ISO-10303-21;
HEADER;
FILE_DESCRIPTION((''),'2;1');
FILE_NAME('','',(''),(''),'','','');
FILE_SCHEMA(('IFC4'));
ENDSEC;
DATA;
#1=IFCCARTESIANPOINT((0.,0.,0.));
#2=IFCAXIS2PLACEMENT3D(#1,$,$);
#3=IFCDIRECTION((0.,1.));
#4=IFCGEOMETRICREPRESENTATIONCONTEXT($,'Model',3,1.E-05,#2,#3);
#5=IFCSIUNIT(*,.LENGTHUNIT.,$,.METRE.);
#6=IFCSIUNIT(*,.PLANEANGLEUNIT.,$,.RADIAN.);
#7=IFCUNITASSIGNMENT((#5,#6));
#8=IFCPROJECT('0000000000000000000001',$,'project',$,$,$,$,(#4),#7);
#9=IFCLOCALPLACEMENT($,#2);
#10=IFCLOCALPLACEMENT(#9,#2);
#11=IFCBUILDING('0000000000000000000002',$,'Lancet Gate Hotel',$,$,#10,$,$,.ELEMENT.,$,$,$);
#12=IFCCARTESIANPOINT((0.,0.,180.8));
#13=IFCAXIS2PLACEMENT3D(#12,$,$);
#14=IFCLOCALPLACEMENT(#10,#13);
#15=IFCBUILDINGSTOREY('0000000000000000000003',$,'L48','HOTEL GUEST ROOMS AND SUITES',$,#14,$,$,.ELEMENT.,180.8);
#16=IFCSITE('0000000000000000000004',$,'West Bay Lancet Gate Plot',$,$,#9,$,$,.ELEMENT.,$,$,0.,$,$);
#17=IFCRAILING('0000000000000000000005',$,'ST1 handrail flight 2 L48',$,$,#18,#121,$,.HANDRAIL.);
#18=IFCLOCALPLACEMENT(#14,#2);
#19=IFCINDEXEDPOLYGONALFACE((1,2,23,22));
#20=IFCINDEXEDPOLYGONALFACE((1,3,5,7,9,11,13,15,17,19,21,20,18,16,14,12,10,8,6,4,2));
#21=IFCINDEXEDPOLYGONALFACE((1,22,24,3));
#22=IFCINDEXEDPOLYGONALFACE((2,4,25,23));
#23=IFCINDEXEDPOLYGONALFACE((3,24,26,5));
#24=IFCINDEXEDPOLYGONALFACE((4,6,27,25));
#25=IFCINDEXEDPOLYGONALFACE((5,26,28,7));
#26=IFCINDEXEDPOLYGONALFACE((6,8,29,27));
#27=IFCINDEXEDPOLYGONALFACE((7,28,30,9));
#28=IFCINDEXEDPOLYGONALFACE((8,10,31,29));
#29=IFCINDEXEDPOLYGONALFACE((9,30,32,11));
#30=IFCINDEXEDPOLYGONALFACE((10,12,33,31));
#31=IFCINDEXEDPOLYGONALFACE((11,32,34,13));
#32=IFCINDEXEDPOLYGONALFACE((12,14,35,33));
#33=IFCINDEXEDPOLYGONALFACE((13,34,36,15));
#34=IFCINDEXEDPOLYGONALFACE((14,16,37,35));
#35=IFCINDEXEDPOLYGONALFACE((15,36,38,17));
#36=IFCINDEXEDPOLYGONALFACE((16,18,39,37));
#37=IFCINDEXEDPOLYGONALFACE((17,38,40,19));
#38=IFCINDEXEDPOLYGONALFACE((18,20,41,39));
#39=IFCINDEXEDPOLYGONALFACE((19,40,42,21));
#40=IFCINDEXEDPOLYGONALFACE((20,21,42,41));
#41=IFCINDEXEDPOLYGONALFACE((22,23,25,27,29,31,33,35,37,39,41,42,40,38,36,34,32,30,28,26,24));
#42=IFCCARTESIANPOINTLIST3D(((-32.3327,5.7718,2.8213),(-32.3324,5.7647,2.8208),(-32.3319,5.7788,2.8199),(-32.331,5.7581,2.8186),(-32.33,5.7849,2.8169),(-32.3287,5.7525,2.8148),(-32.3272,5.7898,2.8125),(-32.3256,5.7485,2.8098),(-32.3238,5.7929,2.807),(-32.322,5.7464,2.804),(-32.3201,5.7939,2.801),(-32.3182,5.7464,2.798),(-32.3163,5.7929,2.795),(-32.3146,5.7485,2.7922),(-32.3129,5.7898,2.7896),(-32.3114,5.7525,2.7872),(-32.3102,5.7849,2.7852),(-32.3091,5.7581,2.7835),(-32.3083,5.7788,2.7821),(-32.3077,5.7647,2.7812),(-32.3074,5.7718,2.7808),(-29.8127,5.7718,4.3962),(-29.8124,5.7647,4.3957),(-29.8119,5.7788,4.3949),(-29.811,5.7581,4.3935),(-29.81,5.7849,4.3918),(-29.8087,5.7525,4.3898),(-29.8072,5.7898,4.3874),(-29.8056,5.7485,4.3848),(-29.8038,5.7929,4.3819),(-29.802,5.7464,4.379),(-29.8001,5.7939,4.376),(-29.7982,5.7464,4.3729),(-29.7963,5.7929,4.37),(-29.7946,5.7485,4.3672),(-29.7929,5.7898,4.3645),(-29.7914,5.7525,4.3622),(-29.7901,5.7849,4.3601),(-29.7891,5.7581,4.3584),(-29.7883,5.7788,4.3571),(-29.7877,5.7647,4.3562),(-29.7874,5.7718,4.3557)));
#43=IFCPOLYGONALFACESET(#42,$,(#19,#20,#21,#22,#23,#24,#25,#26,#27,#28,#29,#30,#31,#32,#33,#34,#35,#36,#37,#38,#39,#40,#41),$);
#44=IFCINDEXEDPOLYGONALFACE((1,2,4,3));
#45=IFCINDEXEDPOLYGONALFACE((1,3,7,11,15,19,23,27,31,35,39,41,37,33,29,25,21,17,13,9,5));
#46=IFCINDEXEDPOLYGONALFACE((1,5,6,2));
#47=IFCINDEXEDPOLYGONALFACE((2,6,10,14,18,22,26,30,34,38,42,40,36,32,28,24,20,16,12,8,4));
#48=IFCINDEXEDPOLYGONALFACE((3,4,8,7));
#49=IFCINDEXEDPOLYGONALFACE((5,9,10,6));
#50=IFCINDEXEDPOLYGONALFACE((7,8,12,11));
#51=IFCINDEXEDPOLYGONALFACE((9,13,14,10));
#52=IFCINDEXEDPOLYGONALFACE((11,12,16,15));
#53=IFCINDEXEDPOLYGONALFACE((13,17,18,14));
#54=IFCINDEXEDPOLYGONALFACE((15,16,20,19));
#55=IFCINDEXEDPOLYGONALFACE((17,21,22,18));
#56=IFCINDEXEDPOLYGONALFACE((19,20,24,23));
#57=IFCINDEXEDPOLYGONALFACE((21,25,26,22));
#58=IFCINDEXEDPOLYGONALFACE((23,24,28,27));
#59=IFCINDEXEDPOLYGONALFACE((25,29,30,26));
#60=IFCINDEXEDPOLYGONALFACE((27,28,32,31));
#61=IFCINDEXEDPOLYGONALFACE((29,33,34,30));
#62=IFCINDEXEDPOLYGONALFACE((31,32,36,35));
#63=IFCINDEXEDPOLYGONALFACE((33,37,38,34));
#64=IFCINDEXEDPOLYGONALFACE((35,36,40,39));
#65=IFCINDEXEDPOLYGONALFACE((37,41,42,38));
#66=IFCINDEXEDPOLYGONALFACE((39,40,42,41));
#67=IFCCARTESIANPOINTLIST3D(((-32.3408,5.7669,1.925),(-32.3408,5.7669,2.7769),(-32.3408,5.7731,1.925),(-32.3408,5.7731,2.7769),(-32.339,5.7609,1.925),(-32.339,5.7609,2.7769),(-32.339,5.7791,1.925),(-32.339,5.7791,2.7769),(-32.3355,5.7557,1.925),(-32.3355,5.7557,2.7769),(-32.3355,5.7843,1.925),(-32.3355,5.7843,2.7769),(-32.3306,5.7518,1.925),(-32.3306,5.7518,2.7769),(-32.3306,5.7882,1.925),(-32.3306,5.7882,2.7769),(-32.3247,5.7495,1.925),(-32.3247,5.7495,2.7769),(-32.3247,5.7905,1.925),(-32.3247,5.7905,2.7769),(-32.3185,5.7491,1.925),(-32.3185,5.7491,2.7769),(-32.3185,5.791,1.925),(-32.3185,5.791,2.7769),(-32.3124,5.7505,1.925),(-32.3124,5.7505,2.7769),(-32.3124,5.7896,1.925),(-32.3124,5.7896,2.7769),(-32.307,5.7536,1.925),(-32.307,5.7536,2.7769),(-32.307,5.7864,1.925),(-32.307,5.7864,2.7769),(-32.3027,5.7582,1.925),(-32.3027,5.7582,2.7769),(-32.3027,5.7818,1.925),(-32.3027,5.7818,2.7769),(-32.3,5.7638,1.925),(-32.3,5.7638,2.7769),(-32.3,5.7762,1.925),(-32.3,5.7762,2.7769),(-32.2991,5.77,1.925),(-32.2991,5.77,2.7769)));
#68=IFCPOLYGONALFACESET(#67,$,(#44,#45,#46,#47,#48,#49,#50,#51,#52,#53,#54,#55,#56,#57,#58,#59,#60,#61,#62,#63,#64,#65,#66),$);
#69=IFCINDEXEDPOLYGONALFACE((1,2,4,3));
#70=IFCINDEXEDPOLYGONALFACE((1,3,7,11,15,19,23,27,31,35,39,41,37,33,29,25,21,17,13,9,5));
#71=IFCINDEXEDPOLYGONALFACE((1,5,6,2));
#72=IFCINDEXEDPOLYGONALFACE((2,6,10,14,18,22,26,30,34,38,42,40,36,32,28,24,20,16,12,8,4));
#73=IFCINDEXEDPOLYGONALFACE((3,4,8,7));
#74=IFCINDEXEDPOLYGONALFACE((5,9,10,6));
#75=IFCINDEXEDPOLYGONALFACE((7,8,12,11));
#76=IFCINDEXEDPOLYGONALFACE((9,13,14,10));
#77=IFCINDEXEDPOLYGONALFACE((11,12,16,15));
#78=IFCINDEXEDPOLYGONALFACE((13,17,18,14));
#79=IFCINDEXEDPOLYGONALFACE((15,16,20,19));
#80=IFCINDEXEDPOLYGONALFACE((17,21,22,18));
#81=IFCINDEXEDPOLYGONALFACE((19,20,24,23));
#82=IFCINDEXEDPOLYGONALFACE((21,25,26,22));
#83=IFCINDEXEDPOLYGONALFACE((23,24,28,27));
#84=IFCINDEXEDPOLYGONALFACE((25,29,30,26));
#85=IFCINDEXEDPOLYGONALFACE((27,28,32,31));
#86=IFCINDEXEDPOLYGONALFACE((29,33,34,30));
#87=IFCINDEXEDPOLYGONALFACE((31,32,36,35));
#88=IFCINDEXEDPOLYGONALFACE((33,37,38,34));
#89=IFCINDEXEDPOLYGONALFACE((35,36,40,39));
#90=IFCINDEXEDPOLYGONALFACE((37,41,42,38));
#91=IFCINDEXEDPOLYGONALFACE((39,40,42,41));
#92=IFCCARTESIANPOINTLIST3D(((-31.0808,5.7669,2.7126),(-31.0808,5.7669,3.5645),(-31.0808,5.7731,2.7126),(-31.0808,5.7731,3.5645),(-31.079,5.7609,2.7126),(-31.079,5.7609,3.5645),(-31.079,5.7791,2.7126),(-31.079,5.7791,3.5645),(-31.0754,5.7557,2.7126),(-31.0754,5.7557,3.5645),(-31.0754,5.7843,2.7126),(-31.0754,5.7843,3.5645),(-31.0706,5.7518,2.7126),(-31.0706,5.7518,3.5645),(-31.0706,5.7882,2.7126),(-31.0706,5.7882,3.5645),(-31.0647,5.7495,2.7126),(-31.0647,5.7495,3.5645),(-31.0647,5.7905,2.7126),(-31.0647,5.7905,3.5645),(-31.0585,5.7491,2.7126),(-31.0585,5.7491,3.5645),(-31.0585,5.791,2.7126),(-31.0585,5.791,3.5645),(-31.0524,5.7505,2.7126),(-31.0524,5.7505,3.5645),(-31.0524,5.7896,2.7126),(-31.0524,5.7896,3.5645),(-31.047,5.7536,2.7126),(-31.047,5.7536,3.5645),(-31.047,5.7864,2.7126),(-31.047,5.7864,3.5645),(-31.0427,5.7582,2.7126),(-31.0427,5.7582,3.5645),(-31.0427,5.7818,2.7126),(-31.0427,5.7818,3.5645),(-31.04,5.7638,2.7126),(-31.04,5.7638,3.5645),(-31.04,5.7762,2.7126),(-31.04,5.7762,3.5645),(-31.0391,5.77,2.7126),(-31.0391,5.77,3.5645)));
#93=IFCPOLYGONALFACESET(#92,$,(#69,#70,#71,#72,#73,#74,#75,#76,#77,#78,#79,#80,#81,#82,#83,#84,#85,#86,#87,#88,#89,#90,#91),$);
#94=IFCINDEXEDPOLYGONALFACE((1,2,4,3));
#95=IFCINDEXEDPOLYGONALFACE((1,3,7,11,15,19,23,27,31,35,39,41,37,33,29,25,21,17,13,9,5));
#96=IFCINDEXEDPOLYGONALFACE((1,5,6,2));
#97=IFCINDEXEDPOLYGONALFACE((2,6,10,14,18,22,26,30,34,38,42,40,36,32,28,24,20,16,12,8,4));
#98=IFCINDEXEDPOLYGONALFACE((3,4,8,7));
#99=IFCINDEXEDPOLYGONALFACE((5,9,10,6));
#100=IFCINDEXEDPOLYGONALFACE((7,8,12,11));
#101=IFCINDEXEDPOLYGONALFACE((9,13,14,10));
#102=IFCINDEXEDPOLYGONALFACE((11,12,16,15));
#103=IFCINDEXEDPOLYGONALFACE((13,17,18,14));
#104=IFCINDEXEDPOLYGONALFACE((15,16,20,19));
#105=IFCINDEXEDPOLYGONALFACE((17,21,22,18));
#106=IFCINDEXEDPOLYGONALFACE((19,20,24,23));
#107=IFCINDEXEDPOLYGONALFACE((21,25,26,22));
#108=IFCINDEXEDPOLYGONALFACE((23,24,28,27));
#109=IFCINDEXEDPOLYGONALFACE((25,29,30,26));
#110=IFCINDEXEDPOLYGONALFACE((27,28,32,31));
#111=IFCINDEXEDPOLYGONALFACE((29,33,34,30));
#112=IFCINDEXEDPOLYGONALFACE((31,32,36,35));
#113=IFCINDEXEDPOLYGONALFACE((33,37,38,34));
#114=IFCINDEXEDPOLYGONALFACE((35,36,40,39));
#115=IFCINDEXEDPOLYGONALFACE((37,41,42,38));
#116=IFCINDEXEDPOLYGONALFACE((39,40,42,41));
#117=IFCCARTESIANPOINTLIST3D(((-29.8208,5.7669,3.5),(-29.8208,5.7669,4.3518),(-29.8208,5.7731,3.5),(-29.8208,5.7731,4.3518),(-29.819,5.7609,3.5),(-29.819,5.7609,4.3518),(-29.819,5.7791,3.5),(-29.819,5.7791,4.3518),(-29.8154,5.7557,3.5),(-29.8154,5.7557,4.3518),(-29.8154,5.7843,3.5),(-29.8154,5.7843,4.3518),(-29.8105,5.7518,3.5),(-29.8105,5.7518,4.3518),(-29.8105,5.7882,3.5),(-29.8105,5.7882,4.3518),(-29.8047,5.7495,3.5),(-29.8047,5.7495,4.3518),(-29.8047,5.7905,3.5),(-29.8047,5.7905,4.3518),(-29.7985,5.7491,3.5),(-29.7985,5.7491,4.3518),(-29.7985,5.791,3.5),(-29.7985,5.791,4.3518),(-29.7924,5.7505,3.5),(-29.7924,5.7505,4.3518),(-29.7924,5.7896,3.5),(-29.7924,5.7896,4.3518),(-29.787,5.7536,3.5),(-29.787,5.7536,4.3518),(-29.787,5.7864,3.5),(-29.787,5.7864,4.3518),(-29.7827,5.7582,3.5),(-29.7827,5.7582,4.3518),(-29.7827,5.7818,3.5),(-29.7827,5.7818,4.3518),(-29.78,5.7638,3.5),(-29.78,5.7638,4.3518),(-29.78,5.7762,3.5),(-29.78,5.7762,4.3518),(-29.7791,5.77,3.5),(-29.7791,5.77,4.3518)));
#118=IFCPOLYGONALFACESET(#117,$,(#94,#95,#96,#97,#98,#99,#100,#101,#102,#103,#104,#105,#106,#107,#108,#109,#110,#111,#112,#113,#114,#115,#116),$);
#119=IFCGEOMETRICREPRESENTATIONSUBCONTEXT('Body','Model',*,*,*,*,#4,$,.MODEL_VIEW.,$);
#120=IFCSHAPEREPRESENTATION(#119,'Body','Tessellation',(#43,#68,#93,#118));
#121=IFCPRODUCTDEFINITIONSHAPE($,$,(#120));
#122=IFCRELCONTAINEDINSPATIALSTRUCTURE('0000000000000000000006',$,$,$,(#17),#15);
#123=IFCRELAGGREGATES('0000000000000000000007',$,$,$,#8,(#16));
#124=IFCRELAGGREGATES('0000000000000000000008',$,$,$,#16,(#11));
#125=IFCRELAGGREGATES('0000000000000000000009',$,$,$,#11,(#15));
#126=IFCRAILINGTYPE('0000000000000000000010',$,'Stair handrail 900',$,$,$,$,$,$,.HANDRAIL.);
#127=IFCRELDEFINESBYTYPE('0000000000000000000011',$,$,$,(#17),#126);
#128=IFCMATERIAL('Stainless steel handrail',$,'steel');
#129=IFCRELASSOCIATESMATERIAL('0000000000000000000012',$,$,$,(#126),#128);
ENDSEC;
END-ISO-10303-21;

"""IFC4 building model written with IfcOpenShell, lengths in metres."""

from ifc_helpers import new_model, si_unit, direction, frame, origin, origin_2d, place, context, subcontext, project, spatial, circle, extrude, material, type_object, element, save


model = new_model("IFC4")

# Units and contexts
model_context = context("Model", 3, precision=1e-05, world=origin(), true_north=direction((0.0, 1.0)))
body_context = subcontext(model_context, "Body", "Model", "MODEL_VIEW")
ifc_project = project(units=[si_unit("LENGTHUNIT", "METRE"), si_unit("PLANEANGLEUNIT", "RADIAN")], contexts=[model_context])

# Site, building, storey
site_placement = place(None, origin())
site = spatial("IfcSite", under=ifc_project, at=site_placement, Name="West Bay Lancet Gate Plot", CompositionType="ELEMENT", RefElevation=0.0)
building_placement = place(site_placement, origin())
building = spatial("IfcBuilding", under=site, at=building_placement, Name="Lancet Gate Hotel", CompositionType="ELEMENT")
storey_placement = place(building_placement, frame((0.0, 0.0, 180.8)))
storey = spatial("IfcBuildingStorey", under=building, at=storey_placement, Name="L48", Description="HOTEL GUEST ROOMS AND SUITES", CompositionType="ELEMENT", Elevation=180.8)

# Railing
ifc_material_1 = material(Name="Stainless steel handrail", Category="steel")
railing_type = type_object("IfcRailingType", Name="Stair handrail 900", PredefinedType="HANDRAIL", material=ifc_material_1)
railing_1_placement = place(storey_placement, frame((-32.3201, 5.77, 1.925)))
element("IfcRailing", 1, at=railing_1_placement, inside=storey, type_object=railing_type, Name="ST1 handrail flight 2 L48", PredefinedType="HANDRAIL", context=body_context, shape_type="SweptSolid", body=[
    extrude(circle(Radius=0.0239, at=origin_2d()), frame((0.0, 0.0, 0.876), z_axis=(0.848008, 0.0, 0.529984), x_axis=(0.0, 1.0, 0.0)), (0.0, 0.0, 1.0), 2.9717),
    extrude(circle(Radius=0.021, at=origin_2d()), origin(), (0.0, 0.0, 1.0), 0.8518),
    extrude(circle(Radius=0.021, at=origin_2d()), frame((1.26, 0.0, 0.7876)), (0.0, 0.0, 1.0), 0.8518),
    extrude(circle(Radius=0.021, at=origin_2d()), frame((2.52, 0.0, 1.575)), (0.0, 0.0, 1.0), 0.8518),
])

save(model, "model.ifc")
